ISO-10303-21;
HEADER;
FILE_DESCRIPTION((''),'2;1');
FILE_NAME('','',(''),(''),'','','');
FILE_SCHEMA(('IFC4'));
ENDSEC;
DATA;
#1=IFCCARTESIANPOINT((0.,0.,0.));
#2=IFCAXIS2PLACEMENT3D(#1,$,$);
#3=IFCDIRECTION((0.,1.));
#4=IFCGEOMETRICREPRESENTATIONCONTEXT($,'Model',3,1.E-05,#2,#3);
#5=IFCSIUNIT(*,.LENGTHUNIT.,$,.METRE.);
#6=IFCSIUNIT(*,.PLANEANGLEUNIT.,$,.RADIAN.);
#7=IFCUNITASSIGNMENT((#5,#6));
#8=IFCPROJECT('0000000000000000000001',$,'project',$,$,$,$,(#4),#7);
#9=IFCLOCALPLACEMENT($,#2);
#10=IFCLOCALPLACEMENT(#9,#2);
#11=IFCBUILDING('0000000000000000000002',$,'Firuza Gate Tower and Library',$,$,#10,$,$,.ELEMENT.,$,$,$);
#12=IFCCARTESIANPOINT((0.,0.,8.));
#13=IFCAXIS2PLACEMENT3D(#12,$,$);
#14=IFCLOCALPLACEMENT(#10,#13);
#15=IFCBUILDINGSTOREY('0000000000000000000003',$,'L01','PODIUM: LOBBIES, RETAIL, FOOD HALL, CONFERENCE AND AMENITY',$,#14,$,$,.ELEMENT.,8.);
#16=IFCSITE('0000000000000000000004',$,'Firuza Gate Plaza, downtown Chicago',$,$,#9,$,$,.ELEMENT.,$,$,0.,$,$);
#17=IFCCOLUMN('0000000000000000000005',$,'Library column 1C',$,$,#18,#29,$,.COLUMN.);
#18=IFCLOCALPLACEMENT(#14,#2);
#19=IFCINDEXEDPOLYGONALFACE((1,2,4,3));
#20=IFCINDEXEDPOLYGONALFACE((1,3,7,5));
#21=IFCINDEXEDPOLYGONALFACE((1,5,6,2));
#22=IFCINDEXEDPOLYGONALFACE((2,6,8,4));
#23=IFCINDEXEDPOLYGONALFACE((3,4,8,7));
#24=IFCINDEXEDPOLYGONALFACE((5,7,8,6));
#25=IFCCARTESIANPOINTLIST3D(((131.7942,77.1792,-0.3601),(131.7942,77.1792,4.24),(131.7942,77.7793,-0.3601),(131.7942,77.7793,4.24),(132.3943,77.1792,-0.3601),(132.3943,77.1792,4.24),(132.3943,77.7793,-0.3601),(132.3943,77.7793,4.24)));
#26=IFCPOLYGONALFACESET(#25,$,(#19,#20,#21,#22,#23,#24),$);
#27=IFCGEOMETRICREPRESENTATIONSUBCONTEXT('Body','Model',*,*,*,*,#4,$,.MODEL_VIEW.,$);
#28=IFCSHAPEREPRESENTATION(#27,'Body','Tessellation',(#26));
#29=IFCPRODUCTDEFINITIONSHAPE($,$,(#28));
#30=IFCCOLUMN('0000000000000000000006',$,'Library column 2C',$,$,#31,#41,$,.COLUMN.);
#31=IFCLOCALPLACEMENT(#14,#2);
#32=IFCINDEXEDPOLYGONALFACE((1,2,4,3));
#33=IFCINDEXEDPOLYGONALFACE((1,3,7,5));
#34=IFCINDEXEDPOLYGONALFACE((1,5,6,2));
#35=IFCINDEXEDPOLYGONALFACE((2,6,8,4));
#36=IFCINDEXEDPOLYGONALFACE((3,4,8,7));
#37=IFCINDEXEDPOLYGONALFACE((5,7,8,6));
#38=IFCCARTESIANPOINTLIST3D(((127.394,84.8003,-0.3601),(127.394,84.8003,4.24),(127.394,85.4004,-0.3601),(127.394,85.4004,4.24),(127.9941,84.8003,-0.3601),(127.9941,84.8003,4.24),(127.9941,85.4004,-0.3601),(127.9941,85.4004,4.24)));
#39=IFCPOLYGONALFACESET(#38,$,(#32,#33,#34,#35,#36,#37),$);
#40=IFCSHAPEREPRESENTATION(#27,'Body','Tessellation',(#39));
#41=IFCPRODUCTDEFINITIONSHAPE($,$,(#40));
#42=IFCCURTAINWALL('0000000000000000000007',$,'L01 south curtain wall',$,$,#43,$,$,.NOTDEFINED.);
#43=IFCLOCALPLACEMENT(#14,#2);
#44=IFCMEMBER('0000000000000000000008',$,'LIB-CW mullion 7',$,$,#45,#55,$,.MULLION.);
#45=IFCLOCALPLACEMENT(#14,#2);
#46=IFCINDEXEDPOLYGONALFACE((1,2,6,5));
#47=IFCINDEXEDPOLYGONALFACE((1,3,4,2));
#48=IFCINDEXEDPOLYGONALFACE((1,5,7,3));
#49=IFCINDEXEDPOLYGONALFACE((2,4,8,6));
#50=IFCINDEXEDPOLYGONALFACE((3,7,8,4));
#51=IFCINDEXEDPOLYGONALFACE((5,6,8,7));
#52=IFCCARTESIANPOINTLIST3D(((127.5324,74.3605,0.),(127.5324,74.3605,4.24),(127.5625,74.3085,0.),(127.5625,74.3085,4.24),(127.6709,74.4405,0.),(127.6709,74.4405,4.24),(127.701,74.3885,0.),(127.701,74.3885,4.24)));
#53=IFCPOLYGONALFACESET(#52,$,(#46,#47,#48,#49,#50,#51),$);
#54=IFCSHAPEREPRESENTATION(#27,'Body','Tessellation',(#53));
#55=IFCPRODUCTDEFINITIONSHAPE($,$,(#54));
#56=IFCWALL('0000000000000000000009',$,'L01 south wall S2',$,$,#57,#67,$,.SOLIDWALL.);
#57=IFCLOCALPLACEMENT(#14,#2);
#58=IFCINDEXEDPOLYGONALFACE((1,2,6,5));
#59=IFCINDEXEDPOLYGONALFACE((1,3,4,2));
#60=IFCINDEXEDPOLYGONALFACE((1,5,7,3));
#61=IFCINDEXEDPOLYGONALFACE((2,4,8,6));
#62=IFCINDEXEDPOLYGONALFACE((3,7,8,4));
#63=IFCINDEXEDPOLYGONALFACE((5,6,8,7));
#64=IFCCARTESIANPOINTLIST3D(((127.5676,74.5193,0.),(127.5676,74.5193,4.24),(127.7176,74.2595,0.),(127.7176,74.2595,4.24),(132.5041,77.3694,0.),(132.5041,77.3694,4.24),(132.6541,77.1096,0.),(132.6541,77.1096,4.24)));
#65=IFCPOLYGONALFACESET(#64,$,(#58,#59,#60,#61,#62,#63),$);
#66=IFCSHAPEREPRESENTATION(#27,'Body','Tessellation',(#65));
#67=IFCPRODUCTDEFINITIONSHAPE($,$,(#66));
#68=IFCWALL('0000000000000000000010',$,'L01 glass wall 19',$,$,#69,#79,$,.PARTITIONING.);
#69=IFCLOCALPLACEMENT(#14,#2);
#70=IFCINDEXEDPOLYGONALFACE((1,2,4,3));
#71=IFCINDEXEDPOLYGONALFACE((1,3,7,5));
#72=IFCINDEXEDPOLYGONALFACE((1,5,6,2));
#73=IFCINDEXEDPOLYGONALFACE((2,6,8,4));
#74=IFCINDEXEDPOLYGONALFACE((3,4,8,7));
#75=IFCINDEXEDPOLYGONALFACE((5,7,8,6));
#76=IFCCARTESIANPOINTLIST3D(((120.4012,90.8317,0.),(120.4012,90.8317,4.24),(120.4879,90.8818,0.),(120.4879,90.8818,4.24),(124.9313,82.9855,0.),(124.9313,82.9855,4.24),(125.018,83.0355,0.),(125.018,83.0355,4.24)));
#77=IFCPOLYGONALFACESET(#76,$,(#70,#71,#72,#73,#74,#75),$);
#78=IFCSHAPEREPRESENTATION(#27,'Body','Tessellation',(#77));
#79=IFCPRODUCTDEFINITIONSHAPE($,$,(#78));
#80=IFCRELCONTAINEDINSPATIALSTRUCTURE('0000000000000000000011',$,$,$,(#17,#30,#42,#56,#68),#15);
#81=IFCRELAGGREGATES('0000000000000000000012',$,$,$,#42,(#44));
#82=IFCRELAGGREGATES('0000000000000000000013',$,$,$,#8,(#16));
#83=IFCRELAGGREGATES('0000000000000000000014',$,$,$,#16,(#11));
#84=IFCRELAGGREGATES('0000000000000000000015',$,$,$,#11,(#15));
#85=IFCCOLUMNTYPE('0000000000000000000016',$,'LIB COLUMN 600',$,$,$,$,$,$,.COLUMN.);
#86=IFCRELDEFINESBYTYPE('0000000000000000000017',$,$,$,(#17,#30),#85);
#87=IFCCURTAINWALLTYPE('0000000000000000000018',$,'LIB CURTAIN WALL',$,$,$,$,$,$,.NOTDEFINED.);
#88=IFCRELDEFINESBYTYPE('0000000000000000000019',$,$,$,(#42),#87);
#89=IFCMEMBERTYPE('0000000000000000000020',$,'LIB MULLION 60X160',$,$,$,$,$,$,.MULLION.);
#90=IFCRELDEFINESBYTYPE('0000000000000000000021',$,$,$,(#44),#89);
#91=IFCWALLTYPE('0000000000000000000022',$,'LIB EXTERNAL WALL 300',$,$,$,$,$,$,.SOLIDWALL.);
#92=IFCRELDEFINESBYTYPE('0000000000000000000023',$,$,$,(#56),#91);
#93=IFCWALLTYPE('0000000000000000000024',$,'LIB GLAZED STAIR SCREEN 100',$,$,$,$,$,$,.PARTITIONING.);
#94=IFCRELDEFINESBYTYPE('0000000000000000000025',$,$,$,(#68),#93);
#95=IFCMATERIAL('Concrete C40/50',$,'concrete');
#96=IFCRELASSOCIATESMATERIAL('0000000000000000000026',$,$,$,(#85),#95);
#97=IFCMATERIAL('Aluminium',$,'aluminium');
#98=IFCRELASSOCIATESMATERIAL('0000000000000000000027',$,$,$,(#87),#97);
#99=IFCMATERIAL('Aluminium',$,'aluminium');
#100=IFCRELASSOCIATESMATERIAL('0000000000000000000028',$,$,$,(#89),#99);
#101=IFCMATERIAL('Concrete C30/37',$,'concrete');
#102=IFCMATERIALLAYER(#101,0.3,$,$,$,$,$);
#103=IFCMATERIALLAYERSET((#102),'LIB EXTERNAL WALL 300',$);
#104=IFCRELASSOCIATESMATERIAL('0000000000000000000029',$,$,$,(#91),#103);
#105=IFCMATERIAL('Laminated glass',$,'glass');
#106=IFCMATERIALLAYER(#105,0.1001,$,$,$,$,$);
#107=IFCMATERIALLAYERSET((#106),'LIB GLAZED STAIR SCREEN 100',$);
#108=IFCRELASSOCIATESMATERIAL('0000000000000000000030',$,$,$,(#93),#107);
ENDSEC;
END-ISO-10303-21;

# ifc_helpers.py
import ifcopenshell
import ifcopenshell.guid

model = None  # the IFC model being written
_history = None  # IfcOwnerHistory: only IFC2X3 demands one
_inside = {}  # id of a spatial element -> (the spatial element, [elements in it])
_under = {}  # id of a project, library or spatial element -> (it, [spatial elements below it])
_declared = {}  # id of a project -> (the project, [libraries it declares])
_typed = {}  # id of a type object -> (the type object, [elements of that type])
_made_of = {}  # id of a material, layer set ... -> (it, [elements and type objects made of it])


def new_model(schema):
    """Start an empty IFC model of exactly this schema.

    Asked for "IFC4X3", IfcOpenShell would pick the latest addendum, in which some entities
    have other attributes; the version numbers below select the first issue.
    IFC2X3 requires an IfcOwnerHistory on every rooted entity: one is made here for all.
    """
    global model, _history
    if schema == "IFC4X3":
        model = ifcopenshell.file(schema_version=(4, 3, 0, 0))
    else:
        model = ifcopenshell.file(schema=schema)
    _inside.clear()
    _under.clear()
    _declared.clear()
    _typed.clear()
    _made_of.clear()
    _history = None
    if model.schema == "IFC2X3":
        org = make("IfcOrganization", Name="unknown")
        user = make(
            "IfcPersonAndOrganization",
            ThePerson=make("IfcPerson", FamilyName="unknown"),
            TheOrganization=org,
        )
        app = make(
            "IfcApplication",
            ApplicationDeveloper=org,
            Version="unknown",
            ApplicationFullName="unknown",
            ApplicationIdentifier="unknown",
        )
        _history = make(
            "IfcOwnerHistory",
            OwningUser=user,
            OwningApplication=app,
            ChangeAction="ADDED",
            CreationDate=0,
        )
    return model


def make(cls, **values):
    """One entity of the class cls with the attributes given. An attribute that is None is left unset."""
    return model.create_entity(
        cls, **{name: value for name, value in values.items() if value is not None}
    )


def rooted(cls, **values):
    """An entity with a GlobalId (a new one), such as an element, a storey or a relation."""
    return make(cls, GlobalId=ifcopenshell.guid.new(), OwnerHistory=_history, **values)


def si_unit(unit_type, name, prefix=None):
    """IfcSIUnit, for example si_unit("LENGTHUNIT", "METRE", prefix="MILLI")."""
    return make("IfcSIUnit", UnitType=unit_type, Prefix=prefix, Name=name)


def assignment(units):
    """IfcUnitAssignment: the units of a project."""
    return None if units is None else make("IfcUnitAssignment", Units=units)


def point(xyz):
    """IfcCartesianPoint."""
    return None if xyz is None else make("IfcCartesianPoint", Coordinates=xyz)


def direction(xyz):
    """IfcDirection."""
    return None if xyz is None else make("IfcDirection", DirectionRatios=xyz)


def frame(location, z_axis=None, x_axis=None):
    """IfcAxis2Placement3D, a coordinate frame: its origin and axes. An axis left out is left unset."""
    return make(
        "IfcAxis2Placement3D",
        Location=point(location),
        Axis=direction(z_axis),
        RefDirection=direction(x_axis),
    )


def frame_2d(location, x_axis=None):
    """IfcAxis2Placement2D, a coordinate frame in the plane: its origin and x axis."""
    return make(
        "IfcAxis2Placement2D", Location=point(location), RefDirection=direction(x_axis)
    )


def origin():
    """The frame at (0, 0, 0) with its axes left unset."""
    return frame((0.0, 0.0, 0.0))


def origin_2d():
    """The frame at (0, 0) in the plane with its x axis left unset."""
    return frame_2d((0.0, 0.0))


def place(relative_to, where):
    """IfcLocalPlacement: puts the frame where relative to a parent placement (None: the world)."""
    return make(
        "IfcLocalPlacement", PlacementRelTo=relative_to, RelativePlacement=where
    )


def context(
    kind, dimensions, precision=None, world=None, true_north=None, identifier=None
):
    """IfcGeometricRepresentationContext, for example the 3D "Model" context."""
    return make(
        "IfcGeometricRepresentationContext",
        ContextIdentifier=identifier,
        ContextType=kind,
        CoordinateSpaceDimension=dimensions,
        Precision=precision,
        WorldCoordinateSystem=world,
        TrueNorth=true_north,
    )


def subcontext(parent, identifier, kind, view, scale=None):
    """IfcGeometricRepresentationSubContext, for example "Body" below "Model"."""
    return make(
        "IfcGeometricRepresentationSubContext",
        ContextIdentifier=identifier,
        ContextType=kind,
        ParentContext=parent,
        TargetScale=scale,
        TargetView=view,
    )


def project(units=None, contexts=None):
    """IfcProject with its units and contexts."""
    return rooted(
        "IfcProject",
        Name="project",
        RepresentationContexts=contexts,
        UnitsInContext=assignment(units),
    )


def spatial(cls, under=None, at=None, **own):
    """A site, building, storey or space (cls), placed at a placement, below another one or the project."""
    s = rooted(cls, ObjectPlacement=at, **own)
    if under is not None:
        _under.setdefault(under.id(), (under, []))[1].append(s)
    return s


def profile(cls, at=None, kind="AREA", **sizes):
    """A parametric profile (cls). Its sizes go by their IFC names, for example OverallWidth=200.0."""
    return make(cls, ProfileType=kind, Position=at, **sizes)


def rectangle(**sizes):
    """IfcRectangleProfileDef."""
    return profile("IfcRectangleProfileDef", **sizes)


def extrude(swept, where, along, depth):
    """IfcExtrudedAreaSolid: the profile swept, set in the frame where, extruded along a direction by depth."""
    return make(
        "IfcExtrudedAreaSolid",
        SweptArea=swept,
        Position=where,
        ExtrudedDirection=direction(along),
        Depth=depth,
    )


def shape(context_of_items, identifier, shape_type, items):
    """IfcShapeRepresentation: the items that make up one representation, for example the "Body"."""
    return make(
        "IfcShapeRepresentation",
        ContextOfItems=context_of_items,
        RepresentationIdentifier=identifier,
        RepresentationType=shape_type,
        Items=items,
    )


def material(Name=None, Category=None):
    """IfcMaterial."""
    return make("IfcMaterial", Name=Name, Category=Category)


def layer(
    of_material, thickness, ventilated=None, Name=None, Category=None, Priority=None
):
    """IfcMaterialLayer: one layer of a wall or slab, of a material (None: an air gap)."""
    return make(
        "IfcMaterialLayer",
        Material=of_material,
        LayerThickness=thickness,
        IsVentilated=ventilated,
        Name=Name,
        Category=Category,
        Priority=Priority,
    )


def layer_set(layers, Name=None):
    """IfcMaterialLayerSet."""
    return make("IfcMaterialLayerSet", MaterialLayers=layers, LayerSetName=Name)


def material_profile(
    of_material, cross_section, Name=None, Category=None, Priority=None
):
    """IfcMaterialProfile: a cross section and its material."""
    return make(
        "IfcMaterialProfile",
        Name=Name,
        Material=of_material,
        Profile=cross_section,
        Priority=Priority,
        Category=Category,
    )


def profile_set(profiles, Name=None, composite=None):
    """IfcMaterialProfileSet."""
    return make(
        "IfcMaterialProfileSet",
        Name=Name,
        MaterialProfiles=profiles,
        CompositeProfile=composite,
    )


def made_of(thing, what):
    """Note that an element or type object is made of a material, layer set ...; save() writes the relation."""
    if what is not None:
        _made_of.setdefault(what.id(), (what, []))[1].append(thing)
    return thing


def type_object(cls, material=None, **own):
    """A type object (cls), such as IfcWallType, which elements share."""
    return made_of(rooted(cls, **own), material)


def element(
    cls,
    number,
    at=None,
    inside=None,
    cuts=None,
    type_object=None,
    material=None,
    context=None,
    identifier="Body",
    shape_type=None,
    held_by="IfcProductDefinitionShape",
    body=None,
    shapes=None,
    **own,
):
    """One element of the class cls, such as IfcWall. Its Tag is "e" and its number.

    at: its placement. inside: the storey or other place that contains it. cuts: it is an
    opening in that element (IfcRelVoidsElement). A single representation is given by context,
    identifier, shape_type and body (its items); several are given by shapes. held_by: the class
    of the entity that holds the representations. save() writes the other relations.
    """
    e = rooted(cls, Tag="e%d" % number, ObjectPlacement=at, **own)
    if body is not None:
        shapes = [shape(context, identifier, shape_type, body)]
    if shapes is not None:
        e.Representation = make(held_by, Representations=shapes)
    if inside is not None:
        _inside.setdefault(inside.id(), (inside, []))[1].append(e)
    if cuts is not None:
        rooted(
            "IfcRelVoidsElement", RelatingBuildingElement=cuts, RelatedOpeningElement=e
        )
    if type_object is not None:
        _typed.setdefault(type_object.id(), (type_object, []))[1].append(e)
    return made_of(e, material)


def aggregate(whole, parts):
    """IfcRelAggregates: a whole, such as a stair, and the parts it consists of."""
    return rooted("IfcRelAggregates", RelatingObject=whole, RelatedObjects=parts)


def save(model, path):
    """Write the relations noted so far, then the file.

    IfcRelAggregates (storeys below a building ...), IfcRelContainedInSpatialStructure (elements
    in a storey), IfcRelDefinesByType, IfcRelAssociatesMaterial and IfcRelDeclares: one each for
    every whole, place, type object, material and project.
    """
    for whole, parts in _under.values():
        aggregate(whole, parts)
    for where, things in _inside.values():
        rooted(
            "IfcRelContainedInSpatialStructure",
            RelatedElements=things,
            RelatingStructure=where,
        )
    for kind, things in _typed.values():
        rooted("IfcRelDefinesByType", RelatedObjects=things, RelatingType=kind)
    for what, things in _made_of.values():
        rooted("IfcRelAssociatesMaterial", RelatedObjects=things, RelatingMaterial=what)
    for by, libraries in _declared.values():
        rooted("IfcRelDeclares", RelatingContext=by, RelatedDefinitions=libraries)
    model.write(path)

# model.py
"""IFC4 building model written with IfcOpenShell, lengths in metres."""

from ifc_helpers import new_model, si_unit, direction, frame, frame_2d, origin, origin_2d, place, context, subcontext, project, spatial, rectangle, extrude, material, layer, layer_set, material_profile, profile_set, type_object, element, aggregate, save


model = new_model("IFC4")

# Units and contexts
model_context = context("Model", 3, precision=1e-05, world=origin(), true_north=direction((0.0, 1.0)))
body_context = subcontext(model_context, "Body", "Model", "MODEL_VIEW")
ifc_project = project(units=[si_unit("LENGTHUNIT", "METRE"), si_unit("PLANEANGLEUNIT", "RADIAN")], contexts=[model_context])

# Site, building, storey
site_placement = place(None, origin())
site = spatial("IfcSite", under=ifc_project, at=site_placement, Name="Firuza Gate Plaza, downtown Chicago", CompositionType="ELEMENT", RefElevation=0.0)
building_placement = place(site_placement, origin())
building = spatial("IfcBuilding", under=site, at=building_placement, Name="Firuza Gate Tower and Library", CompositionType="ELEMENT")
storey_placement = place(building_placement, frame((0.0, 0.0, 8.0)))
storey = spatial("IfcBuildingStorey", under=building, at=storey_placement, Name="L01", Description="PODIUM: LOBBIES, RETAIL, FOOD HALL, CONFERENCE AND AMENITY", CompositionType="ELEMENT", Elevation=8.0)

# Columns
ifc_material_1 = material(Name="Concrete C40/50", Category="concrete")
ifc_material_profile_1 = material_profile(ifc_material_1, rectangle(XDim=0.6001, YDim=0.6001, at=origin_2d()))
ifc_profile_set_1 = profile_set([ifc_material_profile_1], Name="Concrete C40/50")
column_type = type_object("IfcColumnType", Name="LIB COLUMN 600", PredefinedType="COLUMN", material=ifc_profile_set_1)
for number, where, z_axis, x_axis, name in (
    (1, (132.0942, 77.4792, -0.3601), (0.0, 0.0, 1.0), (1.0, 0.0, 0.0), "Library column 1C"),
    (2, (127.6941, 85.1003, -0.3601), (0.0, 0.0, 1.0), (1.0, 0.0, 0.0), "Library column 2C"),
):
    element("IfcColumn", number, at=place(storey_placement, frame(where, z_axis=z_axis, x_axis=x_axis)), inside=storey, type_object=column_type, Name=name, PredefinedType="COLUMN", context=body_context, shape_type="SweptSolid", body=[
        extrude(rectangle(XDim=0.6001, YDim=0.6001, at=origin_2d()), origin(), (0.0, 0.0, 1.0), 4.6001),
    ])

# Curtain wall, member
ifc_material_2 = material(Name="Aluminium", Category="aluminium")
curtain_wall_type = type_object("IfcCurtainWallType", Name="LIB CURTAIN WALL", PredefinedType="NOTDEFINED", material=ifc_material_2)
curtain_wall_placement = place(storey_placement, origin())
curtain_wall = element("IfcCurtainWall", 3, at=curtain_wall_placement, inside=storey, type_object=curtain_wall_type, Name="L01 south curtain wall", PredefinedType="NOTDEFINED")
ifc_material_3 = material(Name="Aluminium", Category="aluminium")
ifc_material_profile_2 = material_profile(ifc_material_3, rectangle(XDim=0.0601, YDim=0.1599, at=origin_2d()))
ifc_profile_set_2 = profile_set([ifc_material_profile_2], Name="Aluminium")
member_type = type_object("IfcMemberType", Name="LIB MULLION 60X160", PredefinedType="MULLION", material=ifc_profile_set_2)
member_placement = place(storey_placement, frame((127.6167, 74.3745, 0.0), z_axis=(0.0, 0.0, 1.0), x_axis=(-0.500001, 0.866025, 0.0)))
member = element("IfcMember", 4, at=member_placement, type_object=member_type, Name="LIB-CW mullion 7", PredefinedType="MULLION", context=body_context, shape_type="SweptSolid", body=[
    extrude(rectangle(XDim=0.0601, YDim=0.1599, at=origin_2d()), origin(), (0.0, 0.0, 1.0), 4.24),
])
aggregate(curtain_wall, [member])

# Shared definitions
ifc_material_4 = material(Name="Concrete C30/37", Category="concrete")
ifc_layer_1 = layer(ifc_material_4, 0.3)
ifc_layer_set_1 = layer_set([ifc_layer_1], Name="LIB EXTERNAL WALL 300")
wall_type_1 = type_object("IfcWallType", Name="LIB EXTERNAL WALL 300", PredefinedType="SOLIDWALL", material=ifc_layer_set_1)

# Walls
wall_1_placement = place(storey_placement, frame((127.6426, 74.3894, 0.0), z_axis=(0.0, 0.0, 1.0), x_axis=(0.866026, 0.499999, 0.0)))
element("IfcWall", 5, at=wall_1_placement, inside=storey, type_object=wall_type_1, Name="L01 south wall S2", PredefinedType="SOLIDWALL", context=body_context, shape_type="SweptSolid", body=[
    extrude(rectangle(XDim=5.7002, YDim=0.3, at=frame_2d((2.8501, 0.0))), origin(), (0.0, 0.0, 1.0), 4.24),
])
ifc_material_5 = material(Name="Laminated glass", Category="glass")
ifc_layer_2 = layer(ifc_material_5, 0.1001)
ifc_layer_set_2 = layer_set([ifc_layer_2], Name="LIB GLAZED STAIR SCREEN 100")
wall_type_2 = type_object("IfcWallType", Name="LIB GLAZED STAIR SCREEN 100", PredefinedType="PARTITIONING", material=ifc_layer_set_2)
wall_2_placement = place(storey_placement, frame((124.9746, 83.0105, 0.0), z_axis=(0.0, 0.0, 1.0), x_axis=(-0.500002, 0.866024, 0.0)))
element("IfcWall", 6, at=wall_2_placement, inside=storey, type_object=wall_type_2, Name="L01 glass wall 19", PredefinedType="PARTITIONING", context=body_context, shape_type="SweptSolid", body=[
    extrude(rectangle(XDim=9.0601, YDim=0.1001, at=frame_2d((4.53, 0.0))), origin(), (0.0, 0.0, 1.0), 4.24),
])

save(model, "model.ifc")
